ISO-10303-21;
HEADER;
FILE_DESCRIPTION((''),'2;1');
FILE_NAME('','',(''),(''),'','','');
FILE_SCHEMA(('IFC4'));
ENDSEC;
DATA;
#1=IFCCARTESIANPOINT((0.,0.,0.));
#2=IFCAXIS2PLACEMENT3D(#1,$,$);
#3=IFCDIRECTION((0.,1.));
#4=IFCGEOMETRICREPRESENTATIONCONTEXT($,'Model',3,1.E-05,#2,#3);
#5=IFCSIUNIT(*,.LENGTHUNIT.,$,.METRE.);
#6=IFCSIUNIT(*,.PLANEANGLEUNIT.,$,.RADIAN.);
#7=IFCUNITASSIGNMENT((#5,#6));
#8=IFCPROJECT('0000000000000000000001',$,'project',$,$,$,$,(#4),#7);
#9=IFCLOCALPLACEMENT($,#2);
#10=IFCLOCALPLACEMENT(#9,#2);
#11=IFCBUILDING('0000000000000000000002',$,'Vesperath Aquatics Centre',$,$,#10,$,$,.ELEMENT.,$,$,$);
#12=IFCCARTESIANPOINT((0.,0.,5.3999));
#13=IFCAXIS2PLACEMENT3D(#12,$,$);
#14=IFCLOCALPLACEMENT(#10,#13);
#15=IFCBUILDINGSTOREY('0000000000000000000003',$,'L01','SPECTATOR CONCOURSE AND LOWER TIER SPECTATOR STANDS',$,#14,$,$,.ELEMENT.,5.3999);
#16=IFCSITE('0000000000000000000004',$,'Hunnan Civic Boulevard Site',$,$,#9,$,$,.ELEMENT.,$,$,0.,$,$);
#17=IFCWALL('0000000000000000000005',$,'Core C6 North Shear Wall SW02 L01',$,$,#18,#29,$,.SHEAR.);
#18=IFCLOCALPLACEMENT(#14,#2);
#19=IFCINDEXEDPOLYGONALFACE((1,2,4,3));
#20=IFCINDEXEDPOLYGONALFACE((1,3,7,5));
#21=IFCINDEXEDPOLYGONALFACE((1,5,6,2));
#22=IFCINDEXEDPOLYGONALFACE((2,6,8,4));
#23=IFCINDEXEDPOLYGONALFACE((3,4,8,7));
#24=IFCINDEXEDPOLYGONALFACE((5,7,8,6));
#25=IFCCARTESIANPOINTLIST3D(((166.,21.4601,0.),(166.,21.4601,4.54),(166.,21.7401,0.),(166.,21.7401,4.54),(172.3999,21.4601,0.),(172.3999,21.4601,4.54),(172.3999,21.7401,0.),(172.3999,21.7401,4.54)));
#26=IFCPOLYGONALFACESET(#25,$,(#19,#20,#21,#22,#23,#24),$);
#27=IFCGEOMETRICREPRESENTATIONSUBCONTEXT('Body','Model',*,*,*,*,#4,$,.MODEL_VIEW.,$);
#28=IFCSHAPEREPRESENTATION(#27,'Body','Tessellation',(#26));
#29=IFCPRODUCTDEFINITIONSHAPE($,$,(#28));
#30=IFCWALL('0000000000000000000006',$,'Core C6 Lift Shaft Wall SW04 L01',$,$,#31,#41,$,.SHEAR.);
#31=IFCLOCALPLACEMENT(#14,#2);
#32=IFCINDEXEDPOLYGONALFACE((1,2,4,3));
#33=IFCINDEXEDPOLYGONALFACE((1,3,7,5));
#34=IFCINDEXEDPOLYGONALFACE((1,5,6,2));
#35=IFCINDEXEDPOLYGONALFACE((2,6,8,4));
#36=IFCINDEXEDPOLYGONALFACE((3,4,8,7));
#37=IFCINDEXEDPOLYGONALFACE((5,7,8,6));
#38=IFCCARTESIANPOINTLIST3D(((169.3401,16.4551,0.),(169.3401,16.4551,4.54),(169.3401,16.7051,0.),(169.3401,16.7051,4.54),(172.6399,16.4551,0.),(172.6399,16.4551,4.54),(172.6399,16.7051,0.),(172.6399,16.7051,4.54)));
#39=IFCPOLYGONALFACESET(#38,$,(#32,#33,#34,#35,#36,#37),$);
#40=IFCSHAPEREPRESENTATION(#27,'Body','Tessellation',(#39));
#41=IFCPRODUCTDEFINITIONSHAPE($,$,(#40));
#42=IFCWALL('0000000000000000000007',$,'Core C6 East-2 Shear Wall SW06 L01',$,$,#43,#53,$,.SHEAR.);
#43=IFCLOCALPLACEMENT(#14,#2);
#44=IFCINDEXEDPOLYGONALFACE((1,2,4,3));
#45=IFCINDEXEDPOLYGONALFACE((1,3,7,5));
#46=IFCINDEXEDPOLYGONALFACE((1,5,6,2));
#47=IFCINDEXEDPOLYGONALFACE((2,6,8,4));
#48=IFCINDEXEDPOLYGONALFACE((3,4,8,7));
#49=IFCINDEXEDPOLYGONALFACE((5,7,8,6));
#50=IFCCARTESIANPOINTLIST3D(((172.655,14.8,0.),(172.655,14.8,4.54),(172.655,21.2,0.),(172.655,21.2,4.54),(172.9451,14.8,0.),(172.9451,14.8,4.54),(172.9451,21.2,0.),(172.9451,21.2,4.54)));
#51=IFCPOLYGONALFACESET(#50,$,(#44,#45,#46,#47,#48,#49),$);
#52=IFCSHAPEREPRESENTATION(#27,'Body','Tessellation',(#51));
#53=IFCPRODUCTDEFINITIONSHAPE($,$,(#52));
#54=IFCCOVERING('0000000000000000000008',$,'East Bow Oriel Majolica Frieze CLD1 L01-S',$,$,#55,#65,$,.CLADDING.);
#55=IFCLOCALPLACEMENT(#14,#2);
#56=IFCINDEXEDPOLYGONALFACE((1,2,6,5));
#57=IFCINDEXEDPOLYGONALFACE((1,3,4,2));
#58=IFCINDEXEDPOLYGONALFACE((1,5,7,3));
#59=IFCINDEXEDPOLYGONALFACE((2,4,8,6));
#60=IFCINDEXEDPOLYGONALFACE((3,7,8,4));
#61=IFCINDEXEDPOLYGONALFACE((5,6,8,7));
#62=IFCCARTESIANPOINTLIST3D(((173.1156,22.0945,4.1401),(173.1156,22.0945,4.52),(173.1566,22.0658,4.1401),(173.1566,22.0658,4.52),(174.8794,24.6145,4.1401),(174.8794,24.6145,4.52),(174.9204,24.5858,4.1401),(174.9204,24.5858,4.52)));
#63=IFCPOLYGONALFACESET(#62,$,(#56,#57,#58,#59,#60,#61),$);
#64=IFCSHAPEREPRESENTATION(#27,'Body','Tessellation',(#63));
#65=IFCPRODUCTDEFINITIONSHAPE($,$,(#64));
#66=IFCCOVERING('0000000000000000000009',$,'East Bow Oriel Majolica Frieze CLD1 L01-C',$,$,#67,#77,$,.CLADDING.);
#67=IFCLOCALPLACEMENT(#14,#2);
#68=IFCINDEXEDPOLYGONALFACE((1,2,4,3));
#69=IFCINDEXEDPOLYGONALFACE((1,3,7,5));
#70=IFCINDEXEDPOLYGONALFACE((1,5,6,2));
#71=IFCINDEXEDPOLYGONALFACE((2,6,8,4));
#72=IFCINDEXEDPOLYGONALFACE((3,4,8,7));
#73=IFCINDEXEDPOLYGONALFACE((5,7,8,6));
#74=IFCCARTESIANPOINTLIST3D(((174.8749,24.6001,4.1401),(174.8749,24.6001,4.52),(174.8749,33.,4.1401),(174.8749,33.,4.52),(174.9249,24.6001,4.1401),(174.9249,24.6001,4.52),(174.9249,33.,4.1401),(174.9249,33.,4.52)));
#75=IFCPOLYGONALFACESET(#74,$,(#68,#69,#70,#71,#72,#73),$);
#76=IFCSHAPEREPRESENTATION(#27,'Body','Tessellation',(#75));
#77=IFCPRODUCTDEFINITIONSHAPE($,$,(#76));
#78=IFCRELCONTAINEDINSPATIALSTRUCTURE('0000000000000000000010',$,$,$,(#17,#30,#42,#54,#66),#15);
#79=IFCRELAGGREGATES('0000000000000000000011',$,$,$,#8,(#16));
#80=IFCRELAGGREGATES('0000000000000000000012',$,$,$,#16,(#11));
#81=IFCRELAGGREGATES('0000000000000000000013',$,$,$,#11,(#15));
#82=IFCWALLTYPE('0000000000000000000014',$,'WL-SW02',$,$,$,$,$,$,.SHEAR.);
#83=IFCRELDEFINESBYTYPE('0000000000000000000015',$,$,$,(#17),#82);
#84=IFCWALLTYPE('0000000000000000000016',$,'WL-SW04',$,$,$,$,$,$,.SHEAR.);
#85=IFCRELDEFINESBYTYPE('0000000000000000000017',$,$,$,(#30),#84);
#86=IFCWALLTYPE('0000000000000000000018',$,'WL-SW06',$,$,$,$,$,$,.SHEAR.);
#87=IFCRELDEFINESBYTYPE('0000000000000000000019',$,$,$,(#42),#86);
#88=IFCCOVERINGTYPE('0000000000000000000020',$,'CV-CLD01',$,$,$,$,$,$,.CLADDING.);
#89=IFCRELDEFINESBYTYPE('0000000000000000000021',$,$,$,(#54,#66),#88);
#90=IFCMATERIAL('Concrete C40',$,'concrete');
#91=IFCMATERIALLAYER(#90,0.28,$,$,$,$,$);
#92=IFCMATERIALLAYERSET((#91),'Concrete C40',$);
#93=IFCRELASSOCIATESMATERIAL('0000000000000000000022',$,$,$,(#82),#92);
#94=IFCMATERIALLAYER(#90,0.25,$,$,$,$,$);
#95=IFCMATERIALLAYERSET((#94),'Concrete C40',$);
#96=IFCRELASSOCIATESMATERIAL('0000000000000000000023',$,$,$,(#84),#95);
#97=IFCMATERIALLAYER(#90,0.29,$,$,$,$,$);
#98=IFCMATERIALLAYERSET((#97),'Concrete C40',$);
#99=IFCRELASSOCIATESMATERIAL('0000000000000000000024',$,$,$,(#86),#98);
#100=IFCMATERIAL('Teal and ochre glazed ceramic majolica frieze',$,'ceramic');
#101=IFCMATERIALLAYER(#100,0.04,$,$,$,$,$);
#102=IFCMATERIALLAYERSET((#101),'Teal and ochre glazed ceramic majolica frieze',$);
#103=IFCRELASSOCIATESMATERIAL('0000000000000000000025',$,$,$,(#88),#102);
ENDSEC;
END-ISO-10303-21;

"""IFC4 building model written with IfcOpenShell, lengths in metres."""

from ifc_helpers import new_model, si_unit, direction, frame, frame_2d, origin, place, context, subcontext, project, spatial, rectangle, extrude, material, layer, layer_set, type_object, element, save


model = new_model("IFC4")

# Units and contexts
model_context = context("Model", 3, precision=1e-05, world=origin(), true_north=direction((0.0, 1.0)))
body_context = subcontext(model_context, "Body", "Model", "MODEL_VIEW")
ifc_project = project(units=[si_unit("LENGTHUNIT", "METRE"), si_unit("PLANEANGLEUNIT", "RADIAN")], contexts=[model_context])

# Site, building, storey
site_placement = place(None, origin())
site = spatial("IfcSite", under=ifc_project, at=site_placement, Name="Hunnan Civic Boulevard Site", CompositionType="ELEMENT", RefElevation=0.0)
building_placement = place(site_placement, origin())
building = spatial("IfcBuilding", under=site, at=building_placement, Name="Vesperath Aquatics Centre", CompositionType="ELEMENT")
storey_placement = place(building_placement, frame((0.0, 0.0, 5.3999)))
storey = spatial("IfcBuildingStorey", under=building, at=storey_placement, Name="L01", Description="SPECTATOR CONCOURSE AND LOWER TIER SPECTATOR STANDS", CompositionType="ELEMENT", Elevation=5.3999)

# Shared definitions
ifc_material_1 = material(Name="Concrete C40", Category="concrete")

# Walls
ifc_layer_1 = layer(ifc_material_1, 0.28)
ifc_layer_set_1 = layer_set([ifc_layer_1], Name="Concrete C40")
wall_type_1 = type_object("IfcWallType", Name="WL-SW02", PredefinedType="SHEAR", material=ifc_layer_set_1)
wall_1_placement = place(storey_placement, frame((166.0, 21.6001, 0.0), z_axis=(0.0, 0.0, 1.0), x_axis=(1.0, 0.0, 0.0)))
element("IfcWall", 1, at=wall_1_placement, inside=storey, type_object=wall_type_1, Name="Core C6 North Shear Wall SW02 L01", PredefinedType="SHEAR", context=body_context, shape_type="SweptSolid", body=[
    extrude(rectangle(XDim=6.3999, YDim=0.28, at=frame_2d((3.2, 0.0))), origin(), (0.0, 0.0, 1.0), 4.54),
])
ifc_layer_2 = layer(ifc_material_1, 0.25)
ifc_layer_set_2 = layer_set([ifc_layer_2], Name="Concrete C40")
wall_type_2 = type_object("IfcWallType", Name="WL-SW04", PredefinedType="SHEAR", material=ifc_layer_set_2)
wall_2_placement = place(storey_placement, frame((169.3401, 16.5801, 0.0), z_axis=(0.0, 0.0, 1.0), x_axis=(1.0, 0.0, 0.0)))
element("IfcWall", 2, at=wall_2_placement, inside=storey, type_object=wall_type_2, Name="Core C6 Lift Shaft Wall SW04 L01", PredefinedType="SHEAR", context=body_context, shape_type="SweptSolid", body=[
    extrude(rectangle(XDim=3.2998, YDim=0.25, at=frame_2d((1.6499, 0.0))), origin(), (0.0, 0.0, 1.0), 4.54),
])
ifc_layer_3 = layer(ifc_material_1, 0.29)
ifc_layer_set_3 = layer_set([ifc_layer_3], Name="Concrete C40")
wall_type_3 = type_object("IfcWallType", Name="WL-SW06", PredefinedType="SHEAR", material=ifc_layer_set_3)
wall_3_placement = place(storey_placement, frame((172.8, 14.8, 0.0), z_axis=(0.0, 0.0, 1.0), x_axis=(0.0, 1.0, 0.0)))
element("IfcWall", 3, at=wall_3_placement, inside=storey, type_object=wall_type_3, Name="Core C6 East-2 Shear Wall SW06 L01", PredefinedType="SHEAR", context=body_context, shape_type="SweptSolid", body=[
    extrude(rectangle(XDim=6.3999, YDim=0.29, at=frame_2d((3.2, 0.0))), origin(), (0.0, 0.0, 1.0), 4.54),
])

# Coverings
ifc_material_2 = material(Name="Teal and ochre glazed ceramic majolica frieze", Category="ceramic")
ifc_layer_4 = layer(ifc_material_2, 0.04)
ifc_layer_set_4 = layer_set([ifc_layer_4], Name="Teal and ochre glazed ceramic majolica frieze")
covering_type = type_object("IfcCoveringType", Name="CV-CLD01", PredefinedType="CLADDING", material=ifc_layer_set_4)
covering_1_placement = place(storey_placement, frame((173.136, 22.0801, 4.1401), z_axis=(0.0, 0.0, 1.0), x_axis=(0.573441, 0.819247, 0.0)))
element("IfcCovering", 4, at=covering_1_placement, inside=storey, type_object=covering_type, Name="East Bow Oriel Majolica Frieze CLD1 L01-S", PredefinedType="CLADDING", context=body_context, shape_type="SweptSolid", body=[
    extrude(rectangle(XDim=3.0759, YDim=0.05, at=frame_2d((1.5381, 0.0))), origin(), (0.0, 0.0, 1.0), 0.3799),
])
covering_2_placement = place(storey_placement, frame((174.8999, 24.6001, 4.1401), z_axis=(0.0, 0.0, 1.0), x_axis=(0.0, 1.0, 0.0)))
element("IfcCovering", 5, at=covering_2_placement, inside=storey, type_object=covering_type, Name="East Bow Oriel Majolica Frieze CLD1 L01-C", PredefinedType="CLADDING", context=body_context, shape_type="SweptSolid", body=[
    extrude(rectangle(XDim=8.3999, YDim=0.05, at=frame_2d((4.2, 0.0))), origin(), (0.0, 0.0, 1.0), 0.3799),
])

save(model, "model.ifc")
